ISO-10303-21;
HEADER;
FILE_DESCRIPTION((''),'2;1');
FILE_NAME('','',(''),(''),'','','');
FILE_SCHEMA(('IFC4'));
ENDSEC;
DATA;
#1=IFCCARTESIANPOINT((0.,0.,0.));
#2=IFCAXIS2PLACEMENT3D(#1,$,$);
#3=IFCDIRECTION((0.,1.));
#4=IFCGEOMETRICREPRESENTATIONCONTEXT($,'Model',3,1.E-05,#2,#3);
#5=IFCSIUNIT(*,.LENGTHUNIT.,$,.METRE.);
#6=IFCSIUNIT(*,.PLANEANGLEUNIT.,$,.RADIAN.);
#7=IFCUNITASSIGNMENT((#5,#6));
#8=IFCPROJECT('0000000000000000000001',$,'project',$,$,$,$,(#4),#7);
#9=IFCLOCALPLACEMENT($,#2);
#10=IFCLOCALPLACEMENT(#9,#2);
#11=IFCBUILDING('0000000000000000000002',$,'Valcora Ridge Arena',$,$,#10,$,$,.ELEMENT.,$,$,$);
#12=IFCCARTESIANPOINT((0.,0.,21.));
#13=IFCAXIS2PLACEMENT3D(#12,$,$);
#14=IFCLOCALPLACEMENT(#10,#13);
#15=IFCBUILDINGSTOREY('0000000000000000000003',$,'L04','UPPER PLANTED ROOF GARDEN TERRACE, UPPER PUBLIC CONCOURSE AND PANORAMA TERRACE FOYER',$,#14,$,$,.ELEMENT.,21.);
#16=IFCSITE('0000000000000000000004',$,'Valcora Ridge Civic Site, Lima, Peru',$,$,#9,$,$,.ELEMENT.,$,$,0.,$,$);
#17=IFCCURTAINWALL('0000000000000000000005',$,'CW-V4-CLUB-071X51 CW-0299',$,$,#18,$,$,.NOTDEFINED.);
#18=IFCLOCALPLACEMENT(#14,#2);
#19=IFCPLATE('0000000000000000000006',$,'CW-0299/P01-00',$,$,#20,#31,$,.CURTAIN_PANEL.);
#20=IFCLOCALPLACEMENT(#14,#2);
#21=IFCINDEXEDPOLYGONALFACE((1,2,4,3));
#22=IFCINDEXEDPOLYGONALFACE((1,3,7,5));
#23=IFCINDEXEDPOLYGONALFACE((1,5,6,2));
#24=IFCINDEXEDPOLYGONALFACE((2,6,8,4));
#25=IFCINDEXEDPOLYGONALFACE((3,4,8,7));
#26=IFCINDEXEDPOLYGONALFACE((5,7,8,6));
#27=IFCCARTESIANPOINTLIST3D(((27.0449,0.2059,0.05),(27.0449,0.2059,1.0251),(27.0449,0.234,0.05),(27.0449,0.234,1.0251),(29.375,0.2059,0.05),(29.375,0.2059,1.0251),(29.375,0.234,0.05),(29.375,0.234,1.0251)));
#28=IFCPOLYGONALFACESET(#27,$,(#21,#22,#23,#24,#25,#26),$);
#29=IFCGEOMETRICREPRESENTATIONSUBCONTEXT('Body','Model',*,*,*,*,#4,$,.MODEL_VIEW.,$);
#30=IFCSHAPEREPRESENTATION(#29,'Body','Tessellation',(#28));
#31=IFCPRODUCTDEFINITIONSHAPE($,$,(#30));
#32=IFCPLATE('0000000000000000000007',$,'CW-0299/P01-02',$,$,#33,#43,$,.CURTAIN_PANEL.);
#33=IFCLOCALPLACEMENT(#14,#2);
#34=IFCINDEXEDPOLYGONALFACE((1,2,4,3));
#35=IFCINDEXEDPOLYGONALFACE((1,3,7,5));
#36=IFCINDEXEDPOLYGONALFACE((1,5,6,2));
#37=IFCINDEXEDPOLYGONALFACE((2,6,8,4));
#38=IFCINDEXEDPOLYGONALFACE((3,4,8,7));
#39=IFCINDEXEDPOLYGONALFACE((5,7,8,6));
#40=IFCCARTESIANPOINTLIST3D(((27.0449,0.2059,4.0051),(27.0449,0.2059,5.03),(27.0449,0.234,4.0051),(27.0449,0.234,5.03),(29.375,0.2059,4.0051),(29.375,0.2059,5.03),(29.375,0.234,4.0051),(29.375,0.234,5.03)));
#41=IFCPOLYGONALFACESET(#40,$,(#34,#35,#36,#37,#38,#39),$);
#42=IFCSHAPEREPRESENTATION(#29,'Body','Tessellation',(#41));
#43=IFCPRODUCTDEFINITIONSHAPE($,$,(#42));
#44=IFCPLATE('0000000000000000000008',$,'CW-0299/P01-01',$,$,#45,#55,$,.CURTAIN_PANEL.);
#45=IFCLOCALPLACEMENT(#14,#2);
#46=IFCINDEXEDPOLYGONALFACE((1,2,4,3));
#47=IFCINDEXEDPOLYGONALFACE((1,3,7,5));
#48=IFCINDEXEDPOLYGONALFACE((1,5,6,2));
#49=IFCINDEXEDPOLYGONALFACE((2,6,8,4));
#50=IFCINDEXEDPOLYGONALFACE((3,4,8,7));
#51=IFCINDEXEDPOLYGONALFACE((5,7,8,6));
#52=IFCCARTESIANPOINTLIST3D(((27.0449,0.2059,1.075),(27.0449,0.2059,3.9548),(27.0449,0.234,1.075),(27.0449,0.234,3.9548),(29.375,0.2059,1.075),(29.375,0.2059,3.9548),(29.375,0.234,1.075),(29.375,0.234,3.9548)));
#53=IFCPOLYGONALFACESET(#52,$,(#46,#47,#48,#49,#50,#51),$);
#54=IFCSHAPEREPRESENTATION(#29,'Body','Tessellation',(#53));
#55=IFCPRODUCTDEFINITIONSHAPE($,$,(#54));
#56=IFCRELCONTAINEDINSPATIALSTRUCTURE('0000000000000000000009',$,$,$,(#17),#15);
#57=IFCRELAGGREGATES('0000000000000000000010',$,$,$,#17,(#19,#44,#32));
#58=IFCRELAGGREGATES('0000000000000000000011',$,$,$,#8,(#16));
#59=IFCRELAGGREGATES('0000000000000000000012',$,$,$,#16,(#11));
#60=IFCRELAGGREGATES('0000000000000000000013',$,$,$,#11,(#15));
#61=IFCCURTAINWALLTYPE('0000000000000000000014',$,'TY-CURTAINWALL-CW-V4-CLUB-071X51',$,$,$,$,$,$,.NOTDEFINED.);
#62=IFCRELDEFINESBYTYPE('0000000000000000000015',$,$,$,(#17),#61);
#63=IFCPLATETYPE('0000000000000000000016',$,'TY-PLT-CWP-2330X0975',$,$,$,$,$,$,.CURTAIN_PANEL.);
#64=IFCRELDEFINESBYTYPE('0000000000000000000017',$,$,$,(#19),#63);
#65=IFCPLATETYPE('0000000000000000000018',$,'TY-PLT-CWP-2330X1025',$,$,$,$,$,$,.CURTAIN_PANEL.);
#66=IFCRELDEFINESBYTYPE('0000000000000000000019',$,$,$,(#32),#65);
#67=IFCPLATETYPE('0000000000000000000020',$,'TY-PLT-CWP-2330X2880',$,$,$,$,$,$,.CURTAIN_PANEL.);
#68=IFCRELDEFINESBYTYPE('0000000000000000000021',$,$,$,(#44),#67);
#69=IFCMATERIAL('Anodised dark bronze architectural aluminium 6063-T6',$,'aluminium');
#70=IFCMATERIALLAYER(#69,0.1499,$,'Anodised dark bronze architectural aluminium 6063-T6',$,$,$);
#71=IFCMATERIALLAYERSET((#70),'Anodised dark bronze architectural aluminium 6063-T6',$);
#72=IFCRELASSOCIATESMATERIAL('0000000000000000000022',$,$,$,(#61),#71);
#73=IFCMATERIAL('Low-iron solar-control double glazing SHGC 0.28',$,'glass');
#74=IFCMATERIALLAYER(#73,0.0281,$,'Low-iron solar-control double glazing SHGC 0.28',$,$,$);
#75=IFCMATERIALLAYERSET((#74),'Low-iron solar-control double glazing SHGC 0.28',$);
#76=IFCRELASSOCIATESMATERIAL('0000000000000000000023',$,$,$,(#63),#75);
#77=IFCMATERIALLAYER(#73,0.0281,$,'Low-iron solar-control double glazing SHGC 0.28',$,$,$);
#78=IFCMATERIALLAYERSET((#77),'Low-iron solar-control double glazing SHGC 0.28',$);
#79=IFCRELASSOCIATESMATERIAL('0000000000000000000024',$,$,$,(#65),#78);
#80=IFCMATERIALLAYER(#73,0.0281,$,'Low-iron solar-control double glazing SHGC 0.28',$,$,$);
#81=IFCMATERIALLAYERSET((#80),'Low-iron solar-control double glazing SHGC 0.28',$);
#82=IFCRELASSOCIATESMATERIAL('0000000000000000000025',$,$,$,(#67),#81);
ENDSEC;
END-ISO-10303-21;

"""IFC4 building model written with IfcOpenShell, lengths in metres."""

from ifc_helpers import new_model, si_unit, direction, frame, origin, origin_2d, place, context, subcontext, project, spatial, rectangle, extrude, material, layer, layer_set, type_object, element, aggregate, save


model = new_model("IFC4")

# Units and contexts
model_context = context("Model", 3, precision=1e-05, world=origin(), true_north=direction((0.0, 1.0)))
body_context = subcontext(model_context, "Body", "Model", "MODEL_VIEW")
ifc_project = project(units=[si_unit("LENGTHUNIT", "METRE"), si_unit("PLANEANGLEUNIT", "RADIAN")], contexts=[model_context])

# Site, building, storey
site_placement = place(None, origin())
site = spatial("IfcSite", under=ifc_project, at=site_placement, Name="Valcora Ridge Civic Site, Lima, Peru", CompositionType="ELEMENT", RefElevation=0.0)
building_placement = place(site_placement, origin())
building = spatial("IfcBuilding", under=site, at=building_placement, Name="Valcora Ridge Arena", CompositionType="ELEMENT")
storey_placement = place(building_placement, frame((0.0, 0.0, 21.0)))
storey = spatial("IfcBuildingStorey", under=building, at=storey_placement, Name="L04", Description="UPPER PLANTED ROOF GARDEN TERRACE, UPPER PUBLIC CONCOURSE AND PANORAMA TERRACE FOYER", CompositionType="ELEMENT", Elevation=21.0)

# Curtain wall, plates
ifc_material_1 = material(Name="Anodised dark bronze architectural aluminium 6063-T6", Category="aluminium")
ifc_layer_1 = layer(ifc_material_1, 0.1499, Name="Anodised dark bronze architectural aluminium 6063-T6")
ifc_layer_set_1 = layer_set([ifc_layer_1], Name="Anodised dark bronze architectural aluminium 6063-T6")
curtain_wall_type = type_object("IfcCurtainWallType", Name="TY-CURTAINWALL-CW-V4-CLUB-071X51", PredefinedType="NOTDEFINED", material=ifc_layer_set_1)
curtain_wall_placement = place(storey_placement, origin())
curtain_wall = element("IfcCurtainWall", 1, at=curtain_wall_placement, inside=storey, type_object=curtain_wall_type, Name="CW-V4-CLUB-071X51 CW-0299", PredefinedType="NOTDEFINED")
ifc_material_2 = material(Name="Low-iron solar-control double glazing SHGC 0.28", Category="glass")
ifc_layer_2 = layer(ifc_material_2, 0.0281, Name="Low-iron solar-control double glazing SHGC 0.28")
ifc_layer_set_2 = layer_set([ifc_layer_2], Name="Low-iron solar-control double glazing SHGC 0.28")
plate_type_1 = type_object("IfcPlateType", Name="TY-PLT-CWP-2330X0975", PredefinedType="CURTAIN_PANEL", material=ifc_layer_set_2)
plate_1_placement = place(storey_placement, frame((28.21, 0.22, 0.05), z_axis=(0.0, 0.0, 1.0), x_axis=(1.0, 0.0, 0.0)))
plate_1 = element("IfcPlate", 2, at=plate_1_placement, type_object=plate_type_1, Name="CW-0299/P01-00", PredefinedType="CURTAIN_PANEL", context=body_context, shape_type="SweptSolid", body=[
    extrude(rectangle(XDim=2.3301, YDim=0.0281, at=origin_2d()), origin(), (0.0, 0.0, 1.0), 0.9751),
])
ifc_layer_3 = layer(ifc_material_2, 0.0281, Name="Low-iron solar-control double glazing SHGC 0.28")
ifc_layer_set_3 = layer_set([ifc_layer_3], Name="Low-iron solar-control double glazing SHGC 0.28")
plate_type_2 = type_object("IfcPlateType", Name="TY-PLT-CWP-2330X1025", PredefinedType="CURTAIN_PANEL", material=ifc_layer_set_3)
plate_2_placement = place(storey_placement, frame((28.21, 0.22, 4.0051), z_axis=(0.0, 0.0, 1.0), x_axis=(1.0, 0.0, 0.0)))
plate_2 = element("IfcPlate", 3, at=plate_2_placement, type_object=plate_type_2, Name="CW-0299/P01-02", PredefinedType="CURTAIN_PANEL", context=body_context, shape_type="SweptSolid", body=[
    extrude(rectangle(XDim=2.3301, YDim=0.0281, at=origin_2d()), origin(), (0.0, 0.0, 1.0), 1.0249),
])
ifc_layer_4 = layer(ifc_material_2, 0.0281, Name="Low-iron solar-control double glazing SHGC 0.28")
ifc_layer_set_4 = layer_set([ifc_layer_4], Name="Low-iron solar-control double glazing SHGC 0.28")
plate_type_3 = type_object("IfcPlateType", Name="TY-PLT-CWP-2330X2880", PredefinedType="CURTAIN_PANEL", material=ifc_layer_set_4)
plate_3_placement = place(storey_placement, frame((28.21, 0.22, 1.075), z_axis=(0.0, 0.0, 1.0), x_axis=(1.0, 0.0, 0.0)))
plate_3 = element("IfcPlate", 4, at=plate_3_placement, type_object=plate_type_3, Name="CW-0299/P01-01", PredefinedType="CURTAIN_PANEL", context=body_context, shape_type="SweptSolid", body=[
    extrude(rectangle(XDim=2.3301, YDim=0.0281, at=origin_2d()), origin(), (0.0, 0.0, 1.0), 2.8799),
])
aggregate(curtain_wall, [plate_1, plate_3, plate_2])

save(model, "model.ifc")
